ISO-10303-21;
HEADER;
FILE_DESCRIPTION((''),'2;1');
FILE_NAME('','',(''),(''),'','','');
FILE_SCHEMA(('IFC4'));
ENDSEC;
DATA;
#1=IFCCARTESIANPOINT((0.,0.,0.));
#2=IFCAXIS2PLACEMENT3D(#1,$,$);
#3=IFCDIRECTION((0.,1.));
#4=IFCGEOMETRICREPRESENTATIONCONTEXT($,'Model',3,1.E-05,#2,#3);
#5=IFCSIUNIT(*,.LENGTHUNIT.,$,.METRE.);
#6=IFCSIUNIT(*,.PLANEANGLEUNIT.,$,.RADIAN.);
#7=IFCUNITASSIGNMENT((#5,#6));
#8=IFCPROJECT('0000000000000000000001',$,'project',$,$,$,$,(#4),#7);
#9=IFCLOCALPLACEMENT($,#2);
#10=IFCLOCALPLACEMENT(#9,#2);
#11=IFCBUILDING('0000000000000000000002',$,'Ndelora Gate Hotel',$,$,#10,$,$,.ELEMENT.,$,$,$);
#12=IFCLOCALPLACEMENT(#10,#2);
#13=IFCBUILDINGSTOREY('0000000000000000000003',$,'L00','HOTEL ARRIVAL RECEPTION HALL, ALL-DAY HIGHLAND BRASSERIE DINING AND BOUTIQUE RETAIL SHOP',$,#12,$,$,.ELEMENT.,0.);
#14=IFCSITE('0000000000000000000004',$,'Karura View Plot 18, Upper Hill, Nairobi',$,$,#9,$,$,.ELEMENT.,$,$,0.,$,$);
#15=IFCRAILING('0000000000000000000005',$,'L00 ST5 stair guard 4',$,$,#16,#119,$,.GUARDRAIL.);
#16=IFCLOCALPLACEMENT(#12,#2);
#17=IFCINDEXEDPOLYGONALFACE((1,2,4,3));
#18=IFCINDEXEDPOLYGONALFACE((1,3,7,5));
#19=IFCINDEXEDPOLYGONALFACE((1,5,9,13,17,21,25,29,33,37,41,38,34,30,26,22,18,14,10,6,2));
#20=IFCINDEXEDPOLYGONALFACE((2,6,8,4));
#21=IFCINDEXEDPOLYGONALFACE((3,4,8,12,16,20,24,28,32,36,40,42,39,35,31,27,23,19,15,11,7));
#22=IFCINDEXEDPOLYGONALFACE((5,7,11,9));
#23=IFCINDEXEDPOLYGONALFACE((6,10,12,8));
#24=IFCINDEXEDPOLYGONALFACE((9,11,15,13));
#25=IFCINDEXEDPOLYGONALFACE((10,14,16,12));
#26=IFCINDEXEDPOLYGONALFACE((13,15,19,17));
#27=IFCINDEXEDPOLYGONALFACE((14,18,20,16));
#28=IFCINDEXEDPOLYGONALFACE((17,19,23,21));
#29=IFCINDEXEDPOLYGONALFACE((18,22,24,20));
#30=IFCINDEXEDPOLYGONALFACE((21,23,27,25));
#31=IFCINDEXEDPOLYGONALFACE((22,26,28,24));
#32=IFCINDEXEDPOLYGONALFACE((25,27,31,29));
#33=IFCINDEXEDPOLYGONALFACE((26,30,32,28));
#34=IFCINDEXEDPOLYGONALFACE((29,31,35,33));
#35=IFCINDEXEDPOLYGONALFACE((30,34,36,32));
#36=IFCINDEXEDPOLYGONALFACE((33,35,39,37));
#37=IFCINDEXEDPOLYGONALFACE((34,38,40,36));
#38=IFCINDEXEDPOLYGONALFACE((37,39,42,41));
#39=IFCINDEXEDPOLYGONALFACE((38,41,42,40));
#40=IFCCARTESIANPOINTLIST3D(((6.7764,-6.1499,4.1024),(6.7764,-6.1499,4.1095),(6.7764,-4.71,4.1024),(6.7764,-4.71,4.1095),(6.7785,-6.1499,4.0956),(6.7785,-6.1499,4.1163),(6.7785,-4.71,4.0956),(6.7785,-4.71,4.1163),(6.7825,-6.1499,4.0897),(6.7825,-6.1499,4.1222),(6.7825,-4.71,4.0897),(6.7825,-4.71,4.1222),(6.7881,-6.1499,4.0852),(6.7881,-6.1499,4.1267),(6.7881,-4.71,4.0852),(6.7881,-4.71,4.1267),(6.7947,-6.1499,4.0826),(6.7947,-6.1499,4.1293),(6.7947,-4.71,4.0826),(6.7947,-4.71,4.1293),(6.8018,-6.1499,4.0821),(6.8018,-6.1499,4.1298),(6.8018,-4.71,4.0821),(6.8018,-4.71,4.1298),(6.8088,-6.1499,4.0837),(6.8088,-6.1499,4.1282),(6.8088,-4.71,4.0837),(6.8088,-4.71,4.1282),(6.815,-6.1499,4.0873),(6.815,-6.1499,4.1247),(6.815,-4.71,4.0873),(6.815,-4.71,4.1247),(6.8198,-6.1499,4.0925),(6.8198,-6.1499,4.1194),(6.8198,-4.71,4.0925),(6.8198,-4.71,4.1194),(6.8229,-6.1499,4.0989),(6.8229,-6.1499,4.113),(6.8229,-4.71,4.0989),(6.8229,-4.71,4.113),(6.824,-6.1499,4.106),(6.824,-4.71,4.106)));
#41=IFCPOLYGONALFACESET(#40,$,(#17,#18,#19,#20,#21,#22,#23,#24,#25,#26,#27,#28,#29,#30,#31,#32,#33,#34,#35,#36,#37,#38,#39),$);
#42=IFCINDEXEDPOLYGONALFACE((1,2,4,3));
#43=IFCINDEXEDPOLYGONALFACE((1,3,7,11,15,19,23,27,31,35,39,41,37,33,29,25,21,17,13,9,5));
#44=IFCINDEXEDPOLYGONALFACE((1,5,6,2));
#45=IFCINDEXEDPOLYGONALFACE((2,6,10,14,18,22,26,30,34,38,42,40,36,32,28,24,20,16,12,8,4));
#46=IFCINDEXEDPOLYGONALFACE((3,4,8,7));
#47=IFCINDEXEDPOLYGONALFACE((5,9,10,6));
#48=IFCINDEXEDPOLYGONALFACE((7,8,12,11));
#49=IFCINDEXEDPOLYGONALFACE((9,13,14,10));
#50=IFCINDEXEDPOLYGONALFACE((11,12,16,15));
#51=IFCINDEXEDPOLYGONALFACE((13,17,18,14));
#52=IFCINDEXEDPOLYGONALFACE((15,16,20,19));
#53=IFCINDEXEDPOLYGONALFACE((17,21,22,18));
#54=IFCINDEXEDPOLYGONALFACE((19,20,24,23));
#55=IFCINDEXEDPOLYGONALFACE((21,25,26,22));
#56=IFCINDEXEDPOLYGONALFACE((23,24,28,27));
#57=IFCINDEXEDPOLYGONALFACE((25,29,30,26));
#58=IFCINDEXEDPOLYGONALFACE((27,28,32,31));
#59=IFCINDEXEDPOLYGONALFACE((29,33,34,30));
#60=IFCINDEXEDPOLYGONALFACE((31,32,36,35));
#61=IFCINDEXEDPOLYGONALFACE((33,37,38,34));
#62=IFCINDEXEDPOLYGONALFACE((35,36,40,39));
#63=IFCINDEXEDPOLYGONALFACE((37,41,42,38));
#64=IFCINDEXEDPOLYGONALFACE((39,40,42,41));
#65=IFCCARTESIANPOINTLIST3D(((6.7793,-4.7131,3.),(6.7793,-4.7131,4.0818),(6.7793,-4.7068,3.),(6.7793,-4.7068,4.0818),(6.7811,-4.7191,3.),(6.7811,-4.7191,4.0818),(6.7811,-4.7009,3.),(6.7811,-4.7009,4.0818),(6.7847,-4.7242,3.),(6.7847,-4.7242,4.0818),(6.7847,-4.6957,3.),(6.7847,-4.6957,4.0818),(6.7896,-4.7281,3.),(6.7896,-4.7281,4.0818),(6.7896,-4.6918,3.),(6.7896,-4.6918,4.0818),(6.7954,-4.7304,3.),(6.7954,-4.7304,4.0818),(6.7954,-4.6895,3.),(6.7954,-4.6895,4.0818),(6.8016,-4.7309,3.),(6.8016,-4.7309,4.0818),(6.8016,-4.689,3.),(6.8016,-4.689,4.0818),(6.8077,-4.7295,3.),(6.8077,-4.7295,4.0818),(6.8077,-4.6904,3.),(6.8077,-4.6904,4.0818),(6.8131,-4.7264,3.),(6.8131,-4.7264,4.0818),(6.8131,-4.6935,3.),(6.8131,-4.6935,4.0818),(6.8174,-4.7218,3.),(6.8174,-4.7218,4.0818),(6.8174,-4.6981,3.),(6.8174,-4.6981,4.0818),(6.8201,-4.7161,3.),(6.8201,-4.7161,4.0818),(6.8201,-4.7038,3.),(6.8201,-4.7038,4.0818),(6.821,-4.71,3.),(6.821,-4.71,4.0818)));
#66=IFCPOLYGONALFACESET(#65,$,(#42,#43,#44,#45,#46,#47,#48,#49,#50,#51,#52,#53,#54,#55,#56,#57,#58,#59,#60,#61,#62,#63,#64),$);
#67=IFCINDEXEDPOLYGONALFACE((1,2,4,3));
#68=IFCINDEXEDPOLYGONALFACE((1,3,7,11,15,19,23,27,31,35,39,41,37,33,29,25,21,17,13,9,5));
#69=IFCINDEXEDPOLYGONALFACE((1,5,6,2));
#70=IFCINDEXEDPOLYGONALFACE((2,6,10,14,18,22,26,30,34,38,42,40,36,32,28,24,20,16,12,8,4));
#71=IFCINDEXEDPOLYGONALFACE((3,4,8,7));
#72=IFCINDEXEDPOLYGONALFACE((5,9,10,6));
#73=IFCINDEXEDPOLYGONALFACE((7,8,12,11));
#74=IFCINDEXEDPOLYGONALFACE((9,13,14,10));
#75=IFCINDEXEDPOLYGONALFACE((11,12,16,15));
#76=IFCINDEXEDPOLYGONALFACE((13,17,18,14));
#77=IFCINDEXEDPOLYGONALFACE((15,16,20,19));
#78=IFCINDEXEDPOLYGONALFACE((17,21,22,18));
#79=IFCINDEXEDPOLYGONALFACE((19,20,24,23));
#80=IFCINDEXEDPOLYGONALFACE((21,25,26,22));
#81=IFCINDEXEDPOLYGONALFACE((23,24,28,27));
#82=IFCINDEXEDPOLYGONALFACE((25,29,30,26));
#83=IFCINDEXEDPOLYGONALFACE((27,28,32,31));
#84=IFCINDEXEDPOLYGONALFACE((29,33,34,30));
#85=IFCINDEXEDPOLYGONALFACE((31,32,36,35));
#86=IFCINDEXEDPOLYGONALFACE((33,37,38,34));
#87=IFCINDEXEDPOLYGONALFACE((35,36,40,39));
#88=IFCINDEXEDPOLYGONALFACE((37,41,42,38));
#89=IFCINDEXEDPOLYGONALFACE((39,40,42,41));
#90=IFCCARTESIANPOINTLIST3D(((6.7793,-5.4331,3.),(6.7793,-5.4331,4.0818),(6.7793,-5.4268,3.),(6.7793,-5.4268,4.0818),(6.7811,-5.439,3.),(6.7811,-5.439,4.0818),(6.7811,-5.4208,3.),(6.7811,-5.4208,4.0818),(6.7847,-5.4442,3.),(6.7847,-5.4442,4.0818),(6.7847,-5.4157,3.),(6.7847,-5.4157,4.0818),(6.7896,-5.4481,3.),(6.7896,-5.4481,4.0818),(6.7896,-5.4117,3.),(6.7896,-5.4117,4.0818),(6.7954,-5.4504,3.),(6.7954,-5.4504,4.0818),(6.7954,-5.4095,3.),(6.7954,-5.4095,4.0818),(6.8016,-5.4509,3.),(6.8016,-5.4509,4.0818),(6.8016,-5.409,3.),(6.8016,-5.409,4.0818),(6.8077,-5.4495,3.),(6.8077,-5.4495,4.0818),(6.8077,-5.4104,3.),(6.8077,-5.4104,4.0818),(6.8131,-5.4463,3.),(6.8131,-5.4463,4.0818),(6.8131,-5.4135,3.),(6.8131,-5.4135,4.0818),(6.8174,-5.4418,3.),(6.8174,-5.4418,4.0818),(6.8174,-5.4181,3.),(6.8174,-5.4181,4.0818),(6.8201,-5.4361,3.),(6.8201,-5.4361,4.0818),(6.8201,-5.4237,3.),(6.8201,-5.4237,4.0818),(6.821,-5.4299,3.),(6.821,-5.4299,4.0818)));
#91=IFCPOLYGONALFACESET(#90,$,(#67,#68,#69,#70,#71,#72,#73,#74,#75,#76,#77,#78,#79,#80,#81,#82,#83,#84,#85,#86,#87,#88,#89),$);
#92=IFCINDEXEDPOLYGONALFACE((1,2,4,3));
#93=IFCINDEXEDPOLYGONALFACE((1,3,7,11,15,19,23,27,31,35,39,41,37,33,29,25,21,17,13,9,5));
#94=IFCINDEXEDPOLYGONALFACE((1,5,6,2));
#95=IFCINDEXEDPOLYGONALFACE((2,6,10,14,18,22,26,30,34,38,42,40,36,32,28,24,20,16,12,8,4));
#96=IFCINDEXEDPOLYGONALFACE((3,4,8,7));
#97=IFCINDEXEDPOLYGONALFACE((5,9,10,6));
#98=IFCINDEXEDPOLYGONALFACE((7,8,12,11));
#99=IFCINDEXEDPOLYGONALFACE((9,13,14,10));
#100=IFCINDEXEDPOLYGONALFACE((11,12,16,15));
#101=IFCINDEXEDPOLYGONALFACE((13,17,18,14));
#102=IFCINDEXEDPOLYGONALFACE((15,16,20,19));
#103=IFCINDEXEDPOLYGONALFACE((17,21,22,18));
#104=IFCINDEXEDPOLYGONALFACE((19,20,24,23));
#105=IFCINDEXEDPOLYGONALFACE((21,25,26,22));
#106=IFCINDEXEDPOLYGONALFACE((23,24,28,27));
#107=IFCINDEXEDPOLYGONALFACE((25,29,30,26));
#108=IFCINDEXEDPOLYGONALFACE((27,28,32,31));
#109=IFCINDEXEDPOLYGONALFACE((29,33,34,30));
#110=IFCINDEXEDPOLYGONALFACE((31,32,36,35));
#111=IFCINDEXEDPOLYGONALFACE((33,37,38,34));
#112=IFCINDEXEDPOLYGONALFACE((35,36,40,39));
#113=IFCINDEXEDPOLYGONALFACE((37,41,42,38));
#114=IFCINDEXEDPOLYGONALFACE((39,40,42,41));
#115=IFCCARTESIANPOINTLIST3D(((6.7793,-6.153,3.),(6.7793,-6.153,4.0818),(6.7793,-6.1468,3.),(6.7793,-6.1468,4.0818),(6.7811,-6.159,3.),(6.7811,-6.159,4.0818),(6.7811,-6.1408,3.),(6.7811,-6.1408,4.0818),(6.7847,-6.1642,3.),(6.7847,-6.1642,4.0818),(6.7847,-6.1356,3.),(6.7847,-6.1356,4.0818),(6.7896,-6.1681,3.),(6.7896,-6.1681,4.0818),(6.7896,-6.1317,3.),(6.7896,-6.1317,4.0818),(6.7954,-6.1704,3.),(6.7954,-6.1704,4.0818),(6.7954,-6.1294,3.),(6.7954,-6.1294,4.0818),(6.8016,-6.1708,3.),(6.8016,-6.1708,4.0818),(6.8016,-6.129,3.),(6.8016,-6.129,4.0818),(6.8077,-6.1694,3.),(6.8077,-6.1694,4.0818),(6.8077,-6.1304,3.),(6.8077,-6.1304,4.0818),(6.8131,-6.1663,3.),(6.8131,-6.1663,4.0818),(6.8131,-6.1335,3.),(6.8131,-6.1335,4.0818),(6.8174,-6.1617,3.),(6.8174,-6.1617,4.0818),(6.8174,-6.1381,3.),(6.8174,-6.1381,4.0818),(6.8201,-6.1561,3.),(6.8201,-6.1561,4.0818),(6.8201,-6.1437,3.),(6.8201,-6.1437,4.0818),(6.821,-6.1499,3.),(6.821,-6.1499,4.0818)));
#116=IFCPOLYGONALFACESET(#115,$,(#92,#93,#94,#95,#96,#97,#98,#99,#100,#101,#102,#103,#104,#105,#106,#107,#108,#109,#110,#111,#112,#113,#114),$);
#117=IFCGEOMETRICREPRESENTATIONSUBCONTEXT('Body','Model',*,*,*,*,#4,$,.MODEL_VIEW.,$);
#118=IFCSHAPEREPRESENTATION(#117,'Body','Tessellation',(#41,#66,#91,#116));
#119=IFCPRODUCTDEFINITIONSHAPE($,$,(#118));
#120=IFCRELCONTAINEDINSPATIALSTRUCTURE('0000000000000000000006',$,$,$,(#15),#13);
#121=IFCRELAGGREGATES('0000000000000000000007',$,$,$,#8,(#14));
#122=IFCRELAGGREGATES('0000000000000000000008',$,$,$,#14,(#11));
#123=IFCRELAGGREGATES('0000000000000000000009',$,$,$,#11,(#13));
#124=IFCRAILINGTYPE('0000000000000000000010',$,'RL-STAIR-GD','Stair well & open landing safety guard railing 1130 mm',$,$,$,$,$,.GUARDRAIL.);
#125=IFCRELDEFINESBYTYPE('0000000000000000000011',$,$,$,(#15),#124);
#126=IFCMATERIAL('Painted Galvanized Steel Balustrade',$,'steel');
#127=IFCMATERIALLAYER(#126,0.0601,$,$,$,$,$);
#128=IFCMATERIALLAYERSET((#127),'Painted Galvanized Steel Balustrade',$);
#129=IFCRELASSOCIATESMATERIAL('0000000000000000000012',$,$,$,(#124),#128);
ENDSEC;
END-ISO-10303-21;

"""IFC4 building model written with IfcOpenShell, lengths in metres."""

from ifc_helpers import new_model, si_unit, direction, frame, origin, origin_2d, place, context, subcontext, project, spatial, circle, extrude, material, layer, layer_set, type_object, element, save


model = new_model("IFC4")

# Units and contexts
model_context = context("Model", 3, precision=1e-05, world=origin(), true_north=direction((0.0, 1.0)))
body_context = subcontext(model_context, "Body", "Model", "MODEL_VIEW")
ifc_project = project(units=[si_unit("LENGTHUNIT", "METRE"), si_unit("PLANEANGLEUNIT", "RADIAN")], contexts=[model_context])

# Site, building, storey
site_placement = place(None, origin())
site = spatial("IfcSite", under=ifc_project, at=site_placement, Name="Karura View Plot 18, Upper Hill, Nairobi", CompositionType="ELEMENT", RefElevation=0.0)
building_placement = place(site_placement, origin())
building = spatial("IfcBuilding", under=site, at=building_placement, Name="Ndelora Gate Hotel", CompositionType="ELEMENT")
storey_placement = place(building_placement, origin())
storey = spatial("IfcBuildingStorey", under=building, at=storey_placement, Name="L00", Description="HOTEL ARRIVAL RECEPTION HALL, ALL-DAY HIGHLAND BRASSERIE DINING AND BOUTIQUE RETAIL SHOP", CompositionType="ELEMENT", Elevation=0.0)

# Railing
ifc_material_1 = material(Name="Painted Galvanized Steel Balustrade", Category="steel")
ifc_layer_1 = layer(ifc_material_1, 0.0601)
ifc_layer_set_1 = layer_set([ifc_layer_1], Name="Painted Galvanized Steel Balustrade")
railing_type_1 = type_object("IfcRailingType", Name="RL-STAIR-GD", Description="Stair well & open landing safety guard railing 1130 mm", PredefinedType="GUARDRAIL", material=ifc_layer_set_1)
for number, where, name in (
    (1, (6.8, -4.71, 3.0), "L00 ST5 stair guard 4"),
):
    element("IfcRailing", number, at=place(storey_placement, frame(where)), inside=storey, type_object=railing_type_1, Name=name, PredefinedType="GUARDRAIL", context=body_context, shape_type="SweptSolid", body=[
        extrude(circle(Radius=0.0239, at=origin_2d()), frame((0.0, 0.0, 1.106), z_axis=(0.0, -1.0, 0.0), x_axis=(1.0, 0.0, 0.0)), (0.0, 0.0, 1.0), 1.4399),
        extrude(circle(Radius=0.021, at=origin_2d()), origin(), (0.0, 0.0, 1.0), 1.0818),
        extrude(circle(Radius=0.021, at=origin_2d()), frame((0.0, -0.72, 0.0)), (0.0, 0.0, 1.0), 1.0818),
        extrude(circle(Radius=0.021, at=origin_2d()), frame((0.0, -1.4399, 0.0)), (0.0, 0.0, 1.0), 1.0818),
    ])

save(model, "model.ifc")
